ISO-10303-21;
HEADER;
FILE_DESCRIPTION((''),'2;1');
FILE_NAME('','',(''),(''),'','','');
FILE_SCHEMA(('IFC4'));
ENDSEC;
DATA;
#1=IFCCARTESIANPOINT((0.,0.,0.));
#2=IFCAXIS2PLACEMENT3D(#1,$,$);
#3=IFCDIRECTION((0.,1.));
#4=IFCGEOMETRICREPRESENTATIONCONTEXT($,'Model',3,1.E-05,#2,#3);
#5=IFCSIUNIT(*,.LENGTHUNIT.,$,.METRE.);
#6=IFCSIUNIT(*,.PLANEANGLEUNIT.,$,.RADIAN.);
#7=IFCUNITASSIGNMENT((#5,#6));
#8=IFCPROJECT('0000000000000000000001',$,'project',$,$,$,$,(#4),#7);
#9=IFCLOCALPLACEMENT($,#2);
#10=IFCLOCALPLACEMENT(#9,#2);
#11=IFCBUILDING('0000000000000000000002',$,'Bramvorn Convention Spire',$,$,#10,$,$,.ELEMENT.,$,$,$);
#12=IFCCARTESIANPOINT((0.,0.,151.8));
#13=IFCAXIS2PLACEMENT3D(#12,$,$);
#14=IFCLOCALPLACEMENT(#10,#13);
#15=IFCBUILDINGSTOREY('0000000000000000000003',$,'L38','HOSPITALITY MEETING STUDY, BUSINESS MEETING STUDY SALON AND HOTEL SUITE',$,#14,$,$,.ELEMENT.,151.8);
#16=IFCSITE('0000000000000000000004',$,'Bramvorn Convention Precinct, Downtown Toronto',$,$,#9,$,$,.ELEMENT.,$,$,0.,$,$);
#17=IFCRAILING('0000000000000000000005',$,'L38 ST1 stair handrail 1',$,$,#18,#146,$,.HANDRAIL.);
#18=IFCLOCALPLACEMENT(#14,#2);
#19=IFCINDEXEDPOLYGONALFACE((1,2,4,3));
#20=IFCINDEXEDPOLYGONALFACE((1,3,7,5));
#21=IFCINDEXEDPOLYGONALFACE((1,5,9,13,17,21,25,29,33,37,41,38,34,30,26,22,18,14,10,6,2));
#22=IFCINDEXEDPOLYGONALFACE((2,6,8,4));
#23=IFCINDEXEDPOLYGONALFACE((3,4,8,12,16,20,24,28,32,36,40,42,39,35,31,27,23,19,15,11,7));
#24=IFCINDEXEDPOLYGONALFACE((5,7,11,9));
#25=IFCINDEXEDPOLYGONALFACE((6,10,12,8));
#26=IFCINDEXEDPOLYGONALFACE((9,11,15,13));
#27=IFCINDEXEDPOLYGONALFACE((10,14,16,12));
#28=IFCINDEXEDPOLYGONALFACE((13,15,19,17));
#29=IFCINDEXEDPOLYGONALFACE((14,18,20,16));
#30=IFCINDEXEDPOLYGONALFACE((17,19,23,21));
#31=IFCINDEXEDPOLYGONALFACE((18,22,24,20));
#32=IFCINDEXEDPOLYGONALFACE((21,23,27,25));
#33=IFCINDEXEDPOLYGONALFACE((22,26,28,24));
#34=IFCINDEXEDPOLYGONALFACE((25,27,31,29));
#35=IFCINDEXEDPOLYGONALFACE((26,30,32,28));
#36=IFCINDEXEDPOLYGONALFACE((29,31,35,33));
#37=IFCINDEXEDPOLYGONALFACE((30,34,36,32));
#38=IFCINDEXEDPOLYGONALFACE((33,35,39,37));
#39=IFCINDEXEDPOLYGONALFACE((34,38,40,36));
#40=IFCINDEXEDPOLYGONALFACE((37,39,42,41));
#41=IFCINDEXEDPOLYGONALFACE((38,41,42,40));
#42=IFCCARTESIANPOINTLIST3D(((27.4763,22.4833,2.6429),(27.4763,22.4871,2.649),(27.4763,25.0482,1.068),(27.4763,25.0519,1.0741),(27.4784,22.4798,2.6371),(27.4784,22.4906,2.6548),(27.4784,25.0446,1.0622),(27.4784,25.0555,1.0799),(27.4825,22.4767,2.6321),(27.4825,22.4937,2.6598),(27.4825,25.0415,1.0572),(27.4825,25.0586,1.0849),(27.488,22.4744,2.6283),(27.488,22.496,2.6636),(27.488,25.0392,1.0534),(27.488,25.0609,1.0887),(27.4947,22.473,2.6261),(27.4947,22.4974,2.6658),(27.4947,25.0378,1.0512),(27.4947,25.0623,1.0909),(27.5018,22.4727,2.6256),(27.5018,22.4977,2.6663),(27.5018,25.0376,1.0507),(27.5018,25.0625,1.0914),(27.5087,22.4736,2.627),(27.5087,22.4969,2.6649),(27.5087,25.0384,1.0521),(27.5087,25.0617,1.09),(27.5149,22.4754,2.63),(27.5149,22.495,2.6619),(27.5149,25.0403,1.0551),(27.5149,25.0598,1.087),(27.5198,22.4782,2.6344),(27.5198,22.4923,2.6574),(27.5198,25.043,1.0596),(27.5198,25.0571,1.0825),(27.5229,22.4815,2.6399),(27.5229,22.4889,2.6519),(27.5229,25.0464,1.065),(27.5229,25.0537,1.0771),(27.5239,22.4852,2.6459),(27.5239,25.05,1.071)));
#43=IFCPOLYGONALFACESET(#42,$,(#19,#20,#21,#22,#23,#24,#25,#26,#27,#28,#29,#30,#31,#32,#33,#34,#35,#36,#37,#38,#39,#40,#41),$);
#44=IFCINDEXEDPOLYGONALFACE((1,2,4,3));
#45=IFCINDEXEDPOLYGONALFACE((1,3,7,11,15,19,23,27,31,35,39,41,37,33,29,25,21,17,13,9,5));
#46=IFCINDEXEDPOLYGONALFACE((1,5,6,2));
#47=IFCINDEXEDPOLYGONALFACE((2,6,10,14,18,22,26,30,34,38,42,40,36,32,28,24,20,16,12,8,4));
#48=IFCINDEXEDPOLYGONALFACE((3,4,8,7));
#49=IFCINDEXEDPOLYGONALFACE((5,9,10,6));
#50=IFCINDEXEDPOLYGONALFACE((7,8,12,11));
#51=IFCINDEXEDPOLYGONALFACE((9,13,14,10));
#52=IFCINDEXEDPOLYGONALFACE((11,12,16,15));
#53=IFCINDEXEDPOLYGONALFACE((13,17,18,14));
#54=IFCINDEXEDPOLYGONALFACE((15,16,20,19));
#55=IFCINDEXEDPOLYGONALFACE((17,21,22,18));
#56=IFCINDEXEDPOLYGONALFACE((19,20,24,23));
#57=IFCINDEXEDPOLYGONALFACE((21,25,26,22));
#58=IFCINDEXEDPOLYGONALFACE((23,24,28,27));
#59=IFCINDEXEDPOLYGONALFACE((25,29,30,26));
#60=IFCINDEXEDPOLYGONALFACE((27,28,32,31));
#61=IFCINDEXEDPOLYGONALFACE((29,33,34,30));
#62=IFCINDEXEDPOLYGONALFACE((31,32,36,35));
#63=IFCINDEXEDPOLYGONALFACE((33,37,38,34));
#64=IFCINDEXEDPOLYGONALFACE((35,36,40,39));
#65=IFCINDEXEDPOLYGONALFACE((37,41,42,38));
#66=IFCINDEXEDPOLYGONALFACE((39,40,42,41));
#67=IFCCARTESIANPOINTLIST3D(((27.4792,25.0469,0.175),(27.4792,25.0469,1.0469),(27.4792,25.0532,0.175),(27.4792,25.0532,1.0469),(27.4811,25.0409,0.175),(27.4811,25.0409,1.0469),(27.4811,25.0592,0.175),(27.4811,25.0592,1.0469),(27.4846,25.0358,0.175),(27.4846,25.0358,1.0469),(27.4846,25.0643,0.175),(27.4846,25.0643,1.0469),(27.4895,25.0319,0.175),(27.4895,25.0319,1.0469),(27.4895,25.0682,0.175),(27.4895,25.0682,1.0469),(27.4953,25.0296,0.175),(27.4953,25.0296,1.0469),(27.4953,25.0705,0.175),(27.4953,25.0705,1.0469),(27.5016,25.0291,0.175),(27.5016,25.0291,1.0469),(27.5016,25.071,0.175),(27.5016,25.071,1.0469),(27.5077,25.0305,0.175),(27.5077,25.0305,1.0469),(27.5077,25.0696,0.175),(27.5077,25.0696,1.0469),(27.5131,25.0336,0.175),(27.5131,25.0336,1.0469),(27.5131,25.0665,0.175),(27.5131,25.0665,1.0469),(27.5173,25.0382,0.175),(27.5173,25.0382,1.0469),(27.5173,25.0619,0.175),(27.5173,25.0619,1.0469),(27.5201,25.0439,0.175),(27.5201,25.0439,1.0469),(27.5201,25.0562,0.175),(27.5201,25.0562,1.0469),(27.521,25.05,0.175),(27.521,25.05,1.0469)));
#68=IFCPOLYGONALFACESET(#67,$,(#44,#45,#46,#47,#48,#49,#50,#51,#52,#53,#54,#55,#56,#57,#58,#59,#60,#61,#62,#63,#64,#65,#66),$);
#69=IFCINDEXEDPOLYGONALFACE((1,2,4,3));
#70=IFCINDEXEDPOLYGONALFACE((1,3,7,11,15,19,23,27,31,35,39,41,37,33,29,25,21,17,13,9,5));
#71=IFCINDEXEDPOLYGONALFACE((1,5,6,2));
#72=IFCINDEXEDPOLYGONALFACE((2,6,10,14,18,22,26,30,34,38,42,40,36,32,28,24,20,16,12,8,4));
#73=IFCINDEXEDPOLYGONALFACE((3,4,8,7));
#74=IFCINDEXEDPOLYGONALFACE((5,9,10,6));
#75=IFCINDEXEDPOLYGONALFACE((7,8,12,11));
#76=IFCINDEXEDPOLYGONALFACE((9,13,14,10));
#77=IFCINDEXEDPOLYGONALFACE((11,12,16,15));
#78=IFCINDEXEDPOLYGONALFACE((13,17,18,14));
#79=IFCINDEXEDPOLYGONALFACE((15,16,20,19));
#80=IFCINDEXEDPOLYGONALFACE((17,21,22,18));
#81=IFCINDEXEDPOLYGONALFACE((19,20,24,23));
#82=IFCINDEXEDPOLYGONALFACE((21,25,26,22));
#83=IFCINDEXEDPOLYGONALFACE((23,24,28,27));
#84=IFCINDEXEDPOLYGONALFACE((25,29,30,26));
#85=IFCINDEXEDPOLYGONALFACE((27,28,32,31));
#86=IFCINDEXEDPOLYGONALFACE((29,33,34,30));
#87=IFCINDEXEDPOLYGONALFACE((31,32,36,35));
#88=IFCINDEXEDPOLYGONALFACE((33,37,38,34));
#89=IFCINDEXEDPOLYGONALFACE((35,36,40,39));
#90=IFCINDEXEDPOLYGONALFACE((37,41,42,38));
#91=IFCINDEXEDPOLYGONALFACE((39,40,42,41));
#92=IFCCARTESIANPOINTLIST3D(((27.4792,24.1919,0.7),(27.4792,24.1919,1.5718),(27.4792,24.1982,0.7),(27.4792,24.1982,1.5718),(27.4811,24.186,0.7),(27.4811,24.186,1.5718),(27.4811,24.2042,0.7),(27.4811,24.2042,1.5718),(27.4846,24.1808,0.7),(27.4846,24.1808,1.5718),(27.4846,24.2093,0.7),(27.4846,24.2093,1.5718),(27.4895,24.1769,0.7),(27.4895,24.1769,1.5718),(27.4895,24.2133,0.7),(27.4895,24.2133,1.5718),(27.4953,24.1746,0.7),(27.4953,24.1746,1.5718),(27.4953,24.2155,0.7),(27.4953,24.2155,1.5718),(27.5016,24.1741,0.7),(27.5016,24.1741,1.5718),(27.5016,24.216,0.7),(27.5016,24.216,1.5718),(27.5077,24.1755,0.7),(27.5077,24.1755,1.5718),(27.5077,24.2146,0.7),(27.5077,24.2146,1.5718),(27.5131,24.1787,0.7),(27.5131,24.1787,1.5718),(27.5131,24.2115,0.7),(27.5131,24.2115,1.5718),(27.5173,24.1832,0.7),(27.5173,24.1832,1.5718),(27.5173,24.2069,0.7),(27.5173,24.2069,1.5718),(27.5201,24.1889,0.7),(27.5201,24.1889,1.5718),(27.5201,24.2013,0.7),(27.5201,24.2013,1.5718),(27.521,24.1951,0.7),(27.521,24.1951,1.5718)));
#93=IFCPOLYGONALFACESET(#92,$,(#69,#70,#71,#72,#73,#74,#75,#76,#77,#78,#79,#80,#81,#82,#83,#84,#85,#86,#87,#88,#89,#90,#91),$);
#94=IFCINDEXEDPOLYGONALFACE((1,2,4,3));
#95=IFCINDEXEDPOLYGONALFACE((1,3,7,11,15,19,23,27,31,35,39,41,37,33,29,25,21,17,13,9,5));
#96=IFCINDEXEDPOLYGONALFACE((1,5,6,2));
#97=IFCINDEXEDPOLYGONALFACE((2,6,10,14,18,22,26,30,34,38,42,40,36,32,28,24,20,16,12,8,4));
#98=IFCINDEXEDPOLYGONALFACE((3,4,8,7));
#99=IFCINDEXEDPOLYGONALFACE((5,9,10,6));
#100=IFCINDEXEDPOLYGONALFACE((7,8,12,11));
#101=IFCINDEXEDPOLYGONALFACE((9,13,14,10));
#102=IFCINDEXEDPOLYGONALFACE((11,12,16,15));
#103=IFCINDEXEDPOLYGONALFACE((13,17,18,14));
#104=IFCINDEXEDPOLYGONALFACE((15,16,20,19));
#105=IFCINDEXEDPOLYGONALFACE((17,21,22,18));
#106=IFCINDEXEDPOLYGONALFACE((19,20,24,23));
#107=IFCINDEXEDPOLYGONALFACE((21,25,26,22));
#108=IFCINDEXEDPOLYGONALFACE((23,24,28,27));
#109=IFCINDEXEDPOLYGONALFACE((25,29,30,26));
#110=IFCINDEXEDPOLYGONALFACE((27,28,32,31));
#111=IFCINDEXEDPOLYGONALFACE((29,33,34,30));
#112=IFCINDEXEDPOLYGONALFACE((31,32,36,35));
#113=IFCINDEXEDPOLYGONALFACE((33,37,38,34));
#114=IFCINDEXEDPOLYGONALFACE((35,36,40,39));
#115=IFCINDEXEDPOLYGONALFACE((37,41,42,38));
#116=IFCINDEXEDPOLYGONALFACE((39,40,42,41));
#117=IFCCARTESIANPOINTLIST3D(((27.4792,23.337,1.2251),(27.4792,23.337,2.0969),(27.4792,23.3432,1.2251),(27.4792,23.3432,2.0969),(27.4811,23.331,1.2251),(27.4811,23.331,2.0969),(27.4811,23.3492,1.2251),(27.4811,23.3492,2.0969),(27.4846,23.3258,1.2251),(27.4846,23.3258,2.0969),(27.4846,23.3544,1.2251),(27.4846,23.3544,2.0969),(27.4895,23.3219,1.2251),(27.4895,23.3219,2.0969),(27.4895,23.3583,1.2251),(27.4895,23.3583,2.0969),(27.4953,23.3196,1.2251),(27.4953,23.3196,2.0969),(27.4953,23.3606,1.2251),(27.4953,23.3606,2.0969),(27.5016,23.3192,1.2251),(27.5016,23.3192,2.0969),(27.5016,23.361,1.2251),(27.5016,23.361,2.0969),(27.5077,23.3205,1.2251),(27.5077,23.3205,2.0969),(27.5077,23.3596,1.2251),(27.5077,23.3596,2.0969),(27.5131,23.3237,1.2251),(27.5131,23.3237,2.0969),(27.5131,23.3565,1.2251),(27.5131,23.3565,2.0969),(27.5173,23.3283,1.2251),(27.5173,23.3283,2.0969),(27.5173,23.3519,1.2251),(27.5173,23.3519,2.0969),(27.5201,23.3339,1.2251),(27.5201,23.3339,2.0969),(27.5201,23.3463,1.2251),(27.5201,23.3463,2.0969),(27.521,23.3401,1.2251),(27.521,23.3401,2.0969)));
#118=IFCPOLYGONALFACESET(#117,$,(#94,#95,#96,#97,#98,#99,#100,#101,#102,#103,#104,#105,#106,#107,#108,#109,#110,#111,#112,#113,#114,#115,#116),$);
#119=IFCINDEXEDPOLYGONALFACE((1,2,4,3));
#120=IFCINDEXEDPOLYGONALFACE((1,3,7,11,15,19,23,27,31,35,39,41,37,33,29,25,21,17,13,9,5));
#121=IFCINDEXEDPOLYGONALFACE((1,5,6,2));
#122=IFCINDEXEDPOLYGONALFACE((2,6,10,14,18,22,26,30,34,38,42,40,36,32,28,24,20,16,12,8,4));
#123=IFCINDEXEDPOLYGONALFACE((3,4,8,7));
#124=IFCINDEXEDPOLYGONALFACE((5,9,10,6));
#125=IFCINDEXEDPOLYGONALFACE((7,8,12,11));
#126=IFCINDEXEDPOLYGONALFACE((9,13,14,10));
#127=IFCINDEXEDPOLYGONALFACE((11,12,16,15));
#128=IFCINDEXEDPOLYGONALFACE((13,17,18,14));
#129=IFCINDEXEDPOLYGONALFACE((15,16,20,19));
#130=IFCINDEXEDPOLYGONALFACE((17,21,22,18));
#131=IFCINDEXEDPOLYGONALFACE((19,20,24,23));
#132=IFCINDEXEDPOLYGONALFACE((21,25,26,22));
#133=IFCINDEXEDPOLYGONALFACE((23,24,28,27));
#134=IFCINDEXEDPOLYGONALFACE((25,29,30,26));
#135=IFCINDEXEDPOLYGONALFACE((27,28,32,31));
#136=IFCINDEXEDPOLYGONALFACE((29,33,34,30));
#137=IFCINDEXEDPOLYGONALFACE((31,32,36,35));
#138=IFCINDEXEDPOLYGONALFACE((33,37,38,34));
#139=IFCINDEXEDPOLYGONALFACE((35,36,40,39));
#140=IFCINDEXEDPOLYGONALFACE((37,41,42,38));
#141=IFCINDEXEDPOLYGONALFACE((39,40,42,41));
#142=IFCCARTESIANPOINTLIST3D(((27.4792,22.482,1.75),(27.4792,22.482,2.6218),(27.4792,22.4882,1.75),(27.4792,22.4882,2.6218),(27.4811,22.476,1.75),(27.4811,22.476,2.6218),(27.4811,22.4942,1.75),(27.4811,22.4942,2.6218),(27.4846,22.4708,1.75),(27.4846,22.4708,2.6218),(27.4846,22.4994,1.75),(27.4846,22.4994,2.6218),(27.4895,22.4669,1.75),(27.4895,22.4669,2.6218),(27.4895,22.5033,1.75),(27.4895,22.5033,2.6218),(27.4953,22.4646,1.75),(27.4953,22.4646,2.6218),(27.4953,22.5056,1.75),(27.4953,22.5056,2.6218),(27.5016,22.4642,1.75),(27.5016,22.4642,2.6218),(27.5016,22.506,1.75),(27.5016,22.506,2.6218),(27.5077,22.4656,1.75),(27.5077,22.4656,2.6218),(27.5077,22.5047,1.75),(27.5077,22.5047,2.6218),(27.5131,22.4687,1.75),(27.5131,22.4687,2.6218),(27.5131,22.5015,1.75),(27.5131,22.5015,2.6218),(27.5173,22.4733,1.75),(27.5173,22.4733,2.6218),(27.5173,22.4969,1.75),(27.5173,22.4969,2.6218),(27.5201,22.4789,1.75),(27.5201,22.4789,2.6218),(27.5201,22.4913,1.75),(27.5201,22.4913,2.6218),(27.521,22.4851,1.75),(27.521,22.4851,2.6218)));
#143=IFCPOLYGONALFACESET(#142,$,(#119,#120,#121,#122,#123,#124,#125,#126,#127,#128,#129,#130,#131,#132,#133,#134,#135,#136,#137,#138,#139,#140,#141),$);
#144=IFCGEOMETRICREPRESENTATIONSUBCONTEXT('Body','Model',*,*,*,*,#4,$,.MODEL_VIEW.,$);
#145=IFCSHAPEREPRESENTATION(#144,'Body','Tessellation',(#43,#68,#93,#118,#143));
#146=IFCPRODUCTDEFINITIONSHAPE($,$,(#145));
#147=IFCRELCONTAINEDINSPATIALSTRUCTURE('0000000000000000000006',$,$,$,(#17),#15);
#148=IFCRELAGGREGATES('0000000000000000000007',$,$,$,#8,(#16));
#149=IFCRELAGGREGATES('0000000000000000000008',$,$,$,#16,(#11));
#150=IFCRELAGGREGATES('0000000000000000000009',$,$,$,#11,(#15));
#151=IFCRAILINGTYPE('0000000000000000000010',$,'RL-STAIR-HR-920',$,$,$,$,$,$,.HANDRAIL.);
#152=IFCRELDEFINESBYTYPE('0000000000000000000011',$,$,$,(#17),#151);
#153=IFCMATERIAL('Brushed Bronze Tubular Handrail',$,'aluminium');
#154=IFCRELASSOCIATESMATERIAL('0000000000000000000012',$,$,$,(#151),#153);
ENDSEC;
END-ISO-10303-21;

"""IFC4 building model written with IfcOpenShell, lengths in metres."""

from ifc_helpers import new_model, si_unit, direction, frame, origin, origin_2d, place, context, subcontext, project, spatial, circle, extrude, material, type_object, element, save


model = new_model("IFC4")

# Units and contexts
model_context = context("Model", 3, precision=1e-05, world=origin(), true_north=direction((0.0, 1.0)))
body_context = subcontext(model_context, "Body", "Model", "MODEL_VIEW")
ifc_project = project(units=[si_unit("LENGTHUNIT", "METRE"), si_unit("PLANEANGLEUNIT", "RADIAN")], contexts=[model_context])

# Site, building, storey
site_placement = place(None, origin())
site = spatial("IfcSite", under=ifc_project, at=site_placement, Name="Bramvorn Convention Precinct, Downtown Toronto", CompositionType="ELEMENT", RefElevation=0.0)
building_placement = place(site_placement, origin())
building = spatial("IfcBuilding", under=site, at=building_placement, Name="Bramvorn Convention Spire", CompositionType="ELEMENT")
storey_placement = place(building_placement, frame((0.0, 0.0, 151.8)))
storey = spatial("IfcBuildingStorey", under=building, at=storey_placement, Name="L38", Description="HOSPITALITY MEETING STUDY, BUSINESS MEETING STUDY SALON AND HOTEL SUITE", CompositionType="ELEMENT", Elevation=151.8)

# Railing
ifc_material_1 = material(Name="Brushed Bronze Tubular Handrail", Category="aluminium")
railing_type_1 = type_object("IfcRailingType", Name="RL-STAIR-HR-920", PredefinedType="HANDRAIL", material=ifc_material_1)
railing_1_placement = place(storey_placement, frame((27.5, 25.05, 0.175)))
element("IfcRailing", 1, at=railing_1_placement, inside=storey, type_object=railing_type_1, Name="L38 ST1 stair handrail 1", PredefinedType="HANDRAIL", context=body_context, shape_type="SweptSolid", body=[
    extrude(circle(Radius=0.0239, at=origin_2d()), frame((0.0, 0.0, 0.896), z_axis=(0.0, -0.852173, 0.52326), x_axis=(1.0, 0.0, 0.0)), (0.0, 0.0, 1.0), 3.0098),
    extrude(circle(Radius=0.021, at=origin_2d()), origin(), (0.0, 0.0, 1.0), 0.8718),
    extrude(circle(Radius=0.021, at=origin_2d()), frame((0.0, -0.855, 0.5249)), (0.0, 0.0, 1.0), 0.8718),
    extrude(circle(Radius=0.021, at=origin_2d()), frame((0.0, -1.71, 1.05)), (0.0, 0.0, 1.0), 0.8718),
    extrude(circle(Radius=0.021, at=origin_2d()), frame((0.0, -2.5649, 1.575)), (0.0, 0.0, 1.0), 0.8718),
])

save(model, "model.ifc")
